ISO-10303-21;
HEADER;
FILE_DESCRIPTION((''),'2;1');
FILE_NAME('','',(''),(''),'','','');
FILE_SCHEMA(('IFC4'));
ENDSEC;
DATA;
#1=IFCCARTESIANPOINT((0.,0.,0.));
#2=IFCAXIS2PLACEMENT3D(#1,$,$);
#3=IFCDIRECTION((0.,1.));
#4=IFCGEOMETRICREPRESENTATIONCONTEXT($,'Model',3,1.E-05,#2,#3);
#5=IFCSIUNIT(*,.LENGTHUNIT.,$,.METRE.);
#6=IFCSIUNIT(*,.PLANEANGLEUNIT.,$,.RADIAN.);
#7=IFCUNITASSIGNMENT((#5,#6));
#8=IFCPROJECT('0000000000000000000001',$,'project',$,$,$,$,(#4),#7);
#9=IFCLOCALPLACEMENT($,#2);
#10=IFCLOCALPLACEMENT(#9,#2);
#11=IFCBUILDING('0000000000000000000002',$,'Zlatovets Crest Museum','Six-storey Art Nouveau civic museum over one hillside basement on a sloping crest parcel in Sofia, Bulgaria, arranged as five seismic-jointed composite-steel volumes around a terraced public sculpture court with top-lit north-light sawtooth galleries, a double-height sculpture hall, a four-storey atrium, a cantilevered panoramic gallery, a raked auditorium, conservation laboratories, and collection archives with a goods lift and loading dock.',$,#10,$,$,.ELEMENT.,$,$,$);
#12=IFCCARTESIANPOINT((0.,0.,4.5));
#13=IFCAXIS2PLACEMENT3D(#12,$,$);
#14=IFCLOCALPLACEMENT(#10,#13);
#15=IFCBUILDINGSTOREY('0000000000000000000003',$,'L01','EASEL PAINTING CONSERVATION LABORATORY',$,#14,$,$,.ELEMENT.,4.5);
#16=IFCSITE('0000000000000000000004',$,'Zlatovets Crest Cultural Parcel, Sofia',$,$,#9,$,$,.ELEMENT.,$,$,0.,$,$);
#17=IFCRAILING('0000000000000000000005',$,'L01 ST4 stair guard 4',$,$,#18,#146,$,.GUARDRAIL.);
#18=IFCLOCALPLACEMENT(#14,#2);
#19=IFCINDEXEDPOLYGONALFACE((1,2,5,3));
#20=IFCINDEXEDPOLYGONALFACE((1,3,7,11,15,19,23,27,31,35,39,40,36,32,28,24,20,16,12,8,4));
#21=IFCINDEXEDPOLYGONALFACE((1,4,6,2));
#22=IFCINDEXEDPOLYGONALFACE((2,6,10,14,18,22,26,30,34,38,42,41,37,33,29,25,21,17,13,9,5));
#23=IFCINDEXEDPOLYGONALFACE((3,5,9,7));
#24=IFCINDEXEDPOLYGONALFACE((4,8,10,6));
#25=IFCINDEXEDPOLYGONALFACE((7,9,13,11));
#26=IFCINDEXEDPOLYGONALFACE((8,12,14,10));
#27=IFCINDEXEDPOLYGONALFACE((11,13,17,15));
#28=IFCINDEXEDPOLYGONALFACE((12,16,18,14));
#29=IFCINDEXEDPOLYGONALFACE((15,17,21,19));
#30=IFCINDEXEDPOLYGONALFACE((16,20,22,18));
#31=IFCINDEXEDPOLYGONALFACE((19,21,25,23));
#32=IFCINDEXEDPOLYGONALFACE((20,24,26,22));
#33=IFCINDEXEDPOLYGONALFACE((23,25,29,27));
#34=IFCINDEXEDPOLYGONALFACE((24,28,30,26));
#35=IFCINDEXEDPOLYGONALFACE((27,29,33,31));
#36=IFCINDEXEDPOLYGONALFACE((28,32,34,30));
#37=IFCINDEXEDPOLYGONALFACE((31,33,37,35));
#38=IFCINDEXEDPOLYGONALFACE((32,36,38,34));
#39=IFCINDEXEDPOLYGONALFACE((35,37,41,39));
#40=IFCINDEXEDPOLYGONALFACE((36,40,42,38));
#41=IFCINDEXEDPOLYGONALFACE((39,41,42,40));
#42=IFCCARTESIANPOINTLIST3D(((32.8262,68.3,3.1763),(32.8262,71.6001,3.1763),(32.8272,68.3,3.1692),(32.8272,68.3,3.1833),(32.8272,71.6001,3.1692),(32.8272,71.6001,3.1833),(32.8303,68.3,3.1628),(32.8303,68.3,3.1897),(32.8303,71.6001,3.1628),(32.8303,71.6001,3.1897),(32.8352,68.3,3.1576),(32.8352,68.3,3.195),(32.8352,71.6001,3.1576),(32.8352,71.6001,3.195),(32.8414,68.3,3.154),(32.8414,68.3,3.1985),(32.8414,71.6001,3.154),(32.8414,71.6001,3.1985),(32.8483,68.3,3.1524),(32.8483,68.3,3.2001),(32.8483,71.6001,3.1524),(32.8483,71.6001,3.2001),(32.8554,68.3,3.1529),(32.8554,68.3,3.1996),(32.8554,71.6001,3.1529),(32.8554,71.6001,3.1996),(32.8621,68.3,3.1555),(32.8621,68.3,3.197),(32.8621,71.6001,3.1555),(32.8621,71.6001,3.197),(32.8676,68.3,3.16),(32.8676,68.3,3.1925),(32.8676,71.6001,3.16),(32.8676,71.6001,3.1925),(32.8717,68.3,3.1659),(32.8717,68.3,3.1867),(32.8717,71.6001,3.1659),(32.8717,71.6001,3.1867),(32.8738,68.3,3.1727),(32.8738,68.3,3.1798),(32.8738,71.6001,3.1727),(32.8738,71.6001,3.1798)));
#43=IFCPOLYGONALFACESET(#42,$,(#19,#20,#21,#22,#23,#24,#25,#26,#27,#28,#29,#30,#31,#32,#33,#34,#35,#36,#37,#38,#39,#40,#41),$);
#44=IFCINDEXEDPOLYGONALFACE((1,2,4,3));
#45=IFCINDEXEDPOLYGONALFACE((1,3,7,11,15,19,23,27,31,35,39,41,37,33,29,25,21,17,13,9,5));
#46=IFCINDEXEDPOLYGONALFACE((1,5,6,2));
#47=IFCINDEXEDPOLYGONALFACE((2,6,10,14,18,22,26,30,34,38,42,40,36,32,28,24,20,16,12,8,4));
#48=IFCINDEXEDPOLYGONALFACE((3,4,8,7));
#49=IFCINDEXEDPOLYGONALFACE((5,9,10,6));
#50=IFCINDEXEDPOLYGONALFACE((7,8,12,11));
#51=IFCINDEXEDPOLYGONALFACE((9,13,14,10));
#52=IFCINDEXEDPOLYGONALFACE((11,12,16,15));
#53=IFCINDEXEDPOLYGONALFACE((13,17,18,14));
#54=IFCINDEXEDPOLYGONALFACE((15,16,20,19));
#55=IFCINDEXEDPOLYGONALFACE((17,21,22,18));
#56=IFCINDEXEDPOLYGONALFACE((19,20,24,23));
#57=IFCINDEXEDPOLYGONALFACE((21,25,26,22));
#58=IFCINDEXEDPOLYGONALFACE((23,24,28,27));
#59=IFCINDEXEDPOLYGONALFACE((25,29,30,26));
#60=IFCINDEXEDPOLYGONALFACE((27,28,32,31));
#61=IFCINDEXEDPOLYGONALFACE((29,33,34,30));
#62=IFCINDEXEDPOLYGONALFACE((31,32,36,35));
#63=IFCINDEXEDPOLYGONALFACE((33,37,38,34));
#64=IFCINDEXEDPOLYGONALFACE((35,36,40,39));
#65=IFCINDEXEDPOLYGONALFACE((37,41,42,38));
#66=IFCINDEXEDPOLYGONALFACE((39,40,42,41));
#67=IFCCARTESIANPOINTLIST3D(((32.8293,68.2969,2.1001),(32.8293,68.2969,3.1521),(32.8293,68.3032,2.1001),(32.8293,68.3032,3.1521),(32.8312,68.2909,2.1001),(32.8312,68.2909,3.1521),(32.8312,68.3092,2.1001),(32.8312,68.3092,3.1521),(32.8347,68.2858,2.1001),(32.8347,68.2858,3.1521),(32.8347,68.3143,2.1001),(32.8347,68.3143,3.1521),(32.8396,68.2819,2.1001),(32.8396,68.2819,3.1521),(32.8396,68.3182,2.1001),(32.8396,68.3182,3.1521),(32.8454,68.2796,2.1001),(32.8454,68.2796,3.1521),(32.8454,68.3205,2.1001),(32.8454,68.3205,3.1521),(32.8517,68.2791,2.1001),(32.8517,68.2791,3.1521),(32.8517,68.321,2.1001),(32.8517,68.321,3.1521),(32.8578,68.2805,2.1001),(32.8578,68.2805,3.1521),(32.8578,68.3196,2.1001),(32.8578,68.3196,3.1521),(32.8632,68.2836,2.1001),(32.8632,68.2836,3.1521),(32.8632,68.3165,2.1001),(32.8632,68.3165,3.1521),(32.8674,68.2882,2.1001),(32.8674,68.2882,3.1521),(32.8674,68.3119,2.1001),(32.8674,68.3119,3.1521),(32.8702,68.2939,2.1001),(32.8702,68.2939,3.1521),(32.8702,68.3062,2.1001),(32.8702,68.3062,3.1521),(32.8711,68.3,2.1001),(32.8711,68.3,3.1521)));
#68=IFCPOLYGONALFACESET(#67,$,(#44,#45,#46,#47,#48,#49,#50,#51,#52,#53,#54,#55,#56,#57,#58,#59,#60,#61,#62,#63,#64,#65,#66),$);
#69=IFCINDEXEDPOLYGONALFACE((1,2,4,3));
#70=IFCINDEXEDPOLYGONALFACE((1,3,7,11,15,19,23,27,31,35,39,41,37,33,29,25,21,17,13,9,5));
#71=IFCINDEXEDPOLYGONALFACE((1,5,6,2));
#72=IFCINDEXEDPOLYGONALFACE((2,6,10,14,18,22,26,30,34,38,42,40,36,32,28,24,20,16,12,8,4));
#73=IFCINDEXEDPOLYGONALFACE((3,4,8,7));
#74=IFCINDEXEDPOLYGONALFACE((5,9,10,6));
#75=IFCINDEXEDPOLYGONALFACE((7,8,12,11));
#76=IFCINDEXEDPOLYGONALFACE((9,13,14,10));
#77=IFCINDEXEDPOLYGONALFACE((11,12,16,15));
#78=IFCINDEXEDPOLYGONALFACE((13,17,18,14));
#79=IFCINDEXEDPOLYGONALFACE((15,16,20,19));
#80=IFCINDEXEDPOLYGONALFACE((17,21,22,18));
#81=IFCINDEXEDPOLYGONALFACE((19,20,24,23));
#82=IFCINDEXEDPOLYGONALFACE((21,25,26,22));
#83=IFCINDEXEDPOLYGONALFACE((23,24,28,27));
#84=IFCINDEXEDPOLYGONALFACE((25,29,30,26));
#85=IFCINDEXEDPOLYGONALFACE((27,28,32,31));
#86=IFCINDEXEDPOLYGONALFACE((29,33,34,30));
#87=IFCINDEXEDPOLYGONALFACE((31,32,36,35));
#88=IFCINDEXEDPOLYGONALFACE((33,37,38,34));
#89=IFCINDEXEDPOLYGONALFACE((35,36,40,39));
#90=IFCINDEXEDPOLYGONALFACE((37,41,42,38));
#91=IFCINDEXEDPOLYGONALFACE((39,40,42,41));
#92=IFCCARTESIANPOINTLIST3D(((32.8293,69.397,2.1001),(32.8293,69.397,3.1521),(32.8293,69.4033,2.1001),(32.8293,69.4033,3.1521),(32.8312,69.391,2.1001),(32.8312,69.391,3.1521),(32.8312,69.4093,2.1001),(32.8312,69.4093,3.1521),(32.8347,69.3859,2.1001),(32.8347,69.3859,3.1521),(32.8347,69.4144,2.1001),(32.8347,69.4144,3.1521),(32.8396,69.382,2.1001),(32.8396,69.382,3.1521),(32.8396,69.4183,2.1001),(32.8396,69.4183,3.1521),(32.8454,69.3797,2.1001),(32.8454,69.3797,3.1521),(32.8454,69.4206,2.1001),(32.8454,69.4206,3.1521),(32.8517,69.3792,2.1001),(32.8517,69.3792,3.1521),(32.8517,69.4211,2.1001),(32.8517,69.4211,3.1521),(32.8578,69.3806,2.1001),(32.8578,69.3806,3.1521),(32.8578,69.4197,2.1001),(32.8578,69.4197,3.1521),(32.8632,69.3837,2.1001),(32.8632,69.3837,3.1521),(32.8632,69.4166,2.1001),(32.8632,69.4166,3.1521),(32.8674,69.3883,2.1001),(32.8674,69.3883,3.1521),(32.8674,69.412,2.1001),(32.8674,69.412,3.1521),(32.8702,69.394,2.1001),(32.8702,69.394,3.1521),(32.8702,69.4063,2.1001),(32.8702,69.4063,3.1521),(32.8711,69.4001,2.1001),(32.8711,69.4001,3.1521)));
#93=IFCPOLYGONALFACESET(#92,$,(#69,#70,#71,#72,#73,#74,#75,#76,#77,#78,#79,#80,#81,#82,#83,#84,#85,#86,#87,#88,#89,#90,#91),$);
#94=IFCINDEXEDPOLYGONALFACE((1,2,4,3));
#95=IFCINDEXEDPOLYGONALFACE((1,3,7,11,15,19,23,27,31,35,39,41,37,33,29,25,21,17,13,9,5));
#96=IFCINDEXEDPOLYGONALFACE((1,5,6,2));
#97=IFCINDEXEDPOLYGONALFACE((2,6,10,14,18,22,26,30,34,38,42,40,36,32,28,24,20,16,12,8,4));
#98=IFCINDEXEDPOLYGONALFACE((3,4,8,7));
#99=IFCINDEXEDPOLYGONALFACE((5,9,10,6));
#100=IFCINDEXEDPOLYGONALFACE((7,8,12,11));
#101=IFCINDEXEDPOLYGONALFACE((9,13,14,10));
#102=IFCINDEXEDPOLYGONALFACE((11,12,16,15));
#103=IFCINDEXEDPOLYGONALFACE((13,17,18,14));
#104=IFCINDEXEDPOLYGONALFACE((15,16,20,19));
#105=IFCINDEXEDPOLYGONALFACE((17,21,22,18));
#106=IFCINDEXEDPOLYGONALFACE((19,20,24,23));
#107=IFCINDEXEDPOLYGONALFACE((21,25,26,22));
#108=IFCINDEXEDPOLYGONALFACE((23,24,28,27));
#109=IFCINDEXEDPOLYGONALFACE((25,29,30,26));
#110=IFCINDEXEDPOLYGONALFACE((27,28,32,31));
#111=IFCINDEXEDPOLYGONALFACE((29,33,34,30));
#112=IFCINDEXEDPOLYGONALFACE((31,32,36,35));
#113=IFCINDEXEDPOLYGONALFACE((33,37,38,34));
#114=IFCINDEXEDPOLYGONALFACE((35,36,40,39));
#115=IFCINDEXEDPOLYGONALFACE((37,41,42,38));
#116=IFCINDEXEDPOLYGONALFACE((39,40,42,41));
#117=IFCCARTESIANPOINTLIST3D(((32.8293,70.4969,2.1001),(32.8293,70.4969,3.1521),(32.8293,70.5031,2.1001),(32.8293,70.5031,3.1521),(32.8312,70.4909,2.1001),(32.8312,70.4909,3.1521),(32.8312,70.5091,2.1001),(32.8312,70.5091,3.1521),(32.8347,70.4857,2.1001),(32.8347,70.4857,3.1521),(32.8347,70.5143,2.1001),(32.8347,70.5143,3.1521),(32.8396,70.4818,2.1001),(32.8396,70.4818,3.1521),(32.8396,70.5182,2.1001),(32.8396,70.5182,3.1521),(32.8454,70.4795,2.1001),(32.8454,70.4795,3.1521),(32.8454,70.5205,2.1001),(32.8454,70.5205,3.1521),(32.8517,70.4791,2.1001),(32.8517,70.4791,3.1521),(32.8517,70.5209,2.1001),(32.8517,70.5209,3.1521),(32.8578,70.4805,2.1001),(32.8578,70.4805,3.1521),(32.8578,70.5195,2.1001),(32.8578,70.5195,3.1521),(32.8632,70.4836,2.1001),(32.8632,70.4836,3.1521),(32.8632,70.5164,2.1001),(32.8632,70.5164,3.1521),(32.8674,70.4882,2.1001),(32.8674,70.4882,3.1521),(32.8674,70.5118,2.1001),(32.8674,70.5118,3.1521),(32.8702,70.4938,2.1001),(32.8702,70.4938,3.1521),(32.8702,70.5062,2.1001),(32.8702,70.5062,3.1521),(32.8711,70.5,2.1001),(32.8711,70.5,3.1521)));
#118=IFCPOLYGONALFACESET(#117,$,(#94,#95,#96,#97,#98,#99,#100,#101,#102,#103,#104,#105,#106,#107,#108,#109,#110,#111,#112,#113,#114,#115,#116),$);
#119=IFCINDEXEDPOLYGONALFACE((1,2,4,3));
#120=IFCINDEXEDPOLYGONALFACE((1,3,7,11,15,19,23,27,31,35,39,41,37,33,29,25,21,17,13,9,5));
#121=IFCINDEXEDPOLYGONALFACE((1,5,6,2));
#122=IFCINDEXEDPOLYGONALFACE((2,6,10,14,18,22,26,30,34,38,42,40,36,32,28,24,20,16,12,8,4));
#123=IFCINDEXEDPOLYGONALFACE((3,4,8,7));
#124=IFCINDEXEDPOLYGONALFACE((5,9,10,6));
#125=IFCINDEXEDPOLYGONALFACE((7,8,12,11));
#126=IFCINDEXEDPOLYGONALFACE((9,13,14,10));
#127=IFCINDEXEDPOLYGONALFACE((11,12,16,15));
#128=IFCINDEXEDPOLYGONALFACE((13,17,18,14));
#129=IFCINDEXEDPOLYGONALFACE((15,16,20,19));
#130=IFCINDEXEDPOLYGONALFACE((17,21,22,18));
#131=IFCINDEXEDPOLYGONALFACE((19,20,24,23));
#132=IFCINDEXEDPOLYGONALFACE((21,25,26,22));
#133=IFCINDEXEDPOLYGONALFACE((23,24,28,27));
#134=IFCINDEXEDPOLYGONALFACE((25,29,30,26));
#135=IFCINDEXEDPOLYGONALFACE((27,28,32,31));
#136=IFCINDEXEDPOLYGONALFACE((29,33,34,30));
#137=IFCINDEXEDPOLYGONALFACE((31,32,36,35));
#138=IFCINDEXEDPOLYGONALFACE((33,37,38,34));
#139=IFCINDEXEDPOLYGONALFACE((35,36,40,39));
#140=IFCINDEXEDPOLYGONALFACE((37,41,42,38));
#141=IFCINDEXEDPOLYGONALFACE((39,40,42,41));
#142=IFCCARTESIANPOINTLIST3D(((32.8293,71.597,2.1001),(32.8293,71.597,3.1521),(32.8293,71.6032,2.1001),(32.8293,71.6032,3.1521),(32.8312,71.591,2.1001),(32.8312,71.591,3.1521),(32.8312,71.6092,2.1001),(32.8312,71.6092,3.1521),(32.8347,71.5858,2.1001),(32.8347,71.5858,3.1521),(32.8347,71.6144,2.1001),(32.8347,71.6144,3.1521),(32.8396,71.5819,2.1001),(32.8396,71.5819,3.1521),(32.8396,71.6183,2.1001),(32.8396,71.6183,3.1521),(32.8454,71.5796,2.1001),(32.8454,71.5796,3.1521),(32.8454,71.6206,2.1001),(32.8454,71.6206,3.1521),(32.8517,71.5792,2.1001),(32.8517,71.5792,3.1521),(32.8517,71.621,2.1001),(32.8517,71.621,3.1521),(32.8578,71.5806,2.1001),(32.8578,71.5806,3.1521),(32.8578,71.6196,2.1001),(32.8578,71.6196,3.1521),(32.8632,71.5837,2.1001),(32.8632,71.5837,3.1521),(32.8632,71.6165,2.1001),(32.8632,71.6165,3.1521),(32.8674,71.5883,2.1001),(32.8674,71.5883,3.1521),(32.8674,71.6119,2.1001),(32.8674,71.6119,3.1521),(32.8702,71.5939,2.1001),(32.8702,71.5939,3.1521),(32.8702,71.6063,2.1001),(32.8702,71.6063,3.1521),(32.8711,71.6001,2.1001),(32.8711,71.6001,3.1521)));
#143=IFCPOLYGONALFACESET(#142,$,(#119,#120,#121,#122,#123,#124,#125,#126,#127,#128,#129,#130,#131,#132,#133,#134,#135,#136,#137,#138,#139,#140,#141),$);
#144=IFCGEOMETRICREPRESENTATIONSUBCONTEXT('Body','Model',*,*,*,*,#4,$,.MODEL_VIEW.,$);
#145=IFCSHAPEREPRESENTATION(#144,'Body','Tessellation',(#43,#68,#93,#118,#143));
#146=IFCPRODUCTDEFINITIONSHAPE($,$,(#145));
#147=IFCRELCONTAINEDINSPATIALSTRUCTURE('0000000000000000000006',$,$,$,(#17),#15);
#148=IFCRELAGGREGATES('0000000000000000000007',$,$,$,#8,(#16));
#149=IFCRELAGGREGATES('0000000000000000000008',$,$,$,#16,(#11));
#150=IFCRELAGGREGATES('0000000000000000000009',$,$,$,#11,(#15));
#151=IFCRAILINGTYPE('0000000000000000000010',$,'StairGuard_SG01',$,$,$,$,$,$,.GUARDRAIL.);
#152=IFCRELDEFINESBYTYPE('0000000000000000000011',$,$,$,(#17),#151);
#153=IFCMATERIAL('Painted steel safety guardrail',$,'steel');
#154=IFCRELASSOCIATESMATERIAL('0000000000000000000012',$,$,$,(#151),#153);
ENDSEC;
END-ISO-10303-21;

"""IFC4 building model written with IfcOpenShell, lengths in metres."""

from ifc_helpers import new_model, si_unit, direction, frame, origin, origin_2d, place, context, subcontext, project, spatial, circle, extrude, material, type_object, element, save


model = new_model("IFC4")

# Units and contexts
model_context = context("Model", 3, precision=1e-05, world=origin(), true_north=direction((0.0, 1.0)))
body_context = subcontext(model_context, "Body", "Model", "MODEL_VIEW")
ifc_project = project(units=[si_unit("LENGTHUNIT", "METRE"), si_unit("PLANEANGLEUNIT", "RADIAN")], contexts=[model_context])

# Site, building, storey
site_placement = place(None, origin())
site = spatial("IfcSite", under=ifc_project, at=site_placement, Name="Zlatovets Crest Cultural Parcel, Sofia", CompositionType="ELEMENT", RefElevation=0.0)
building_placement = place(site_placement, origin())
building = spatial("IfcBuilding", under=site, at=building_placement, Name="Zlatovets Crest Museum", Description="Six-storey Art Nouveau civic museum over one hillside basement on a sloping crest parcel in Sofia, Bulgaria, arranged as five seismic-jointed composite-steel volumes around a terraced public sculpture court with top-lit north-light sawtooth galleries, a double-height sculpture hall, a four-storey atrium, a cantilevered panoramic gallery, a raked auditorium, conservation laboratories, and collection archives with a goods lift and loading dock.", CompositionType="ELEMENT")
storey_placement = place(building_placement, frame((0.0, 0.0, 4.5)))
storey = spatial("IfcBuildingStorey", under=building, at=storey_placement, Name="L01", Description="EASEL PAINTING CONSERVATION LABORATORY", CompositionType="ELEMENT", Elevation=4.5)

# Railing
ifc_material_1 = material(Name="Painted steel safety guardrail", Category="steel")
railing_type_1 = type_object("IfcRailingType", Name="StairGuard_SG01", PredefinedType="GUARDRAIL", material=ifc_material_1)
railing_1_placement = place(storey_placement, frame((32.8501, 68.3, 2.1001)))
element("IfcRailing", 1, at=railing_1_placement, inside=storey, type_object=railing_type_1, Name="L01 ST4 stair guard 4", PredefinedType="GUARDRAIL", context=body_context, shape_type="SweptSolid", body=[
    extrude(circle(Radius=0.0239, at=origin_2d()), frame((0.0, 0.0, 1.0762), z_axis=(0.0, 1.0, 0.0), x_axis=(-1.0, 0.0, 0.0)), (0.0, 0.0, 1.0), 3.3),
    extrude(circle(Radius=0.021, at=origin_2d()), origin(), (0.0, 0.0, 1.0), 1.052),
    extrude(circle(Radius=0.021, at=origin_2d()), frame((0.0, 1.1001, 0.0)), (0.0, 0.0, 1.0), 1.052),
    extrude(circle(Radius=0.021, at=origin_2d()), frame((0.0, 2.2, 0.0)), (0.0, 0.0, 1.0), 1.052),
    extrude(circle(Radius=0.021, at=origin_2d()), frame((0.0, 3.3, 0.0)), (0.0, 0.0, 1.0), 1.052),
])

save(model, "model.ifc")
